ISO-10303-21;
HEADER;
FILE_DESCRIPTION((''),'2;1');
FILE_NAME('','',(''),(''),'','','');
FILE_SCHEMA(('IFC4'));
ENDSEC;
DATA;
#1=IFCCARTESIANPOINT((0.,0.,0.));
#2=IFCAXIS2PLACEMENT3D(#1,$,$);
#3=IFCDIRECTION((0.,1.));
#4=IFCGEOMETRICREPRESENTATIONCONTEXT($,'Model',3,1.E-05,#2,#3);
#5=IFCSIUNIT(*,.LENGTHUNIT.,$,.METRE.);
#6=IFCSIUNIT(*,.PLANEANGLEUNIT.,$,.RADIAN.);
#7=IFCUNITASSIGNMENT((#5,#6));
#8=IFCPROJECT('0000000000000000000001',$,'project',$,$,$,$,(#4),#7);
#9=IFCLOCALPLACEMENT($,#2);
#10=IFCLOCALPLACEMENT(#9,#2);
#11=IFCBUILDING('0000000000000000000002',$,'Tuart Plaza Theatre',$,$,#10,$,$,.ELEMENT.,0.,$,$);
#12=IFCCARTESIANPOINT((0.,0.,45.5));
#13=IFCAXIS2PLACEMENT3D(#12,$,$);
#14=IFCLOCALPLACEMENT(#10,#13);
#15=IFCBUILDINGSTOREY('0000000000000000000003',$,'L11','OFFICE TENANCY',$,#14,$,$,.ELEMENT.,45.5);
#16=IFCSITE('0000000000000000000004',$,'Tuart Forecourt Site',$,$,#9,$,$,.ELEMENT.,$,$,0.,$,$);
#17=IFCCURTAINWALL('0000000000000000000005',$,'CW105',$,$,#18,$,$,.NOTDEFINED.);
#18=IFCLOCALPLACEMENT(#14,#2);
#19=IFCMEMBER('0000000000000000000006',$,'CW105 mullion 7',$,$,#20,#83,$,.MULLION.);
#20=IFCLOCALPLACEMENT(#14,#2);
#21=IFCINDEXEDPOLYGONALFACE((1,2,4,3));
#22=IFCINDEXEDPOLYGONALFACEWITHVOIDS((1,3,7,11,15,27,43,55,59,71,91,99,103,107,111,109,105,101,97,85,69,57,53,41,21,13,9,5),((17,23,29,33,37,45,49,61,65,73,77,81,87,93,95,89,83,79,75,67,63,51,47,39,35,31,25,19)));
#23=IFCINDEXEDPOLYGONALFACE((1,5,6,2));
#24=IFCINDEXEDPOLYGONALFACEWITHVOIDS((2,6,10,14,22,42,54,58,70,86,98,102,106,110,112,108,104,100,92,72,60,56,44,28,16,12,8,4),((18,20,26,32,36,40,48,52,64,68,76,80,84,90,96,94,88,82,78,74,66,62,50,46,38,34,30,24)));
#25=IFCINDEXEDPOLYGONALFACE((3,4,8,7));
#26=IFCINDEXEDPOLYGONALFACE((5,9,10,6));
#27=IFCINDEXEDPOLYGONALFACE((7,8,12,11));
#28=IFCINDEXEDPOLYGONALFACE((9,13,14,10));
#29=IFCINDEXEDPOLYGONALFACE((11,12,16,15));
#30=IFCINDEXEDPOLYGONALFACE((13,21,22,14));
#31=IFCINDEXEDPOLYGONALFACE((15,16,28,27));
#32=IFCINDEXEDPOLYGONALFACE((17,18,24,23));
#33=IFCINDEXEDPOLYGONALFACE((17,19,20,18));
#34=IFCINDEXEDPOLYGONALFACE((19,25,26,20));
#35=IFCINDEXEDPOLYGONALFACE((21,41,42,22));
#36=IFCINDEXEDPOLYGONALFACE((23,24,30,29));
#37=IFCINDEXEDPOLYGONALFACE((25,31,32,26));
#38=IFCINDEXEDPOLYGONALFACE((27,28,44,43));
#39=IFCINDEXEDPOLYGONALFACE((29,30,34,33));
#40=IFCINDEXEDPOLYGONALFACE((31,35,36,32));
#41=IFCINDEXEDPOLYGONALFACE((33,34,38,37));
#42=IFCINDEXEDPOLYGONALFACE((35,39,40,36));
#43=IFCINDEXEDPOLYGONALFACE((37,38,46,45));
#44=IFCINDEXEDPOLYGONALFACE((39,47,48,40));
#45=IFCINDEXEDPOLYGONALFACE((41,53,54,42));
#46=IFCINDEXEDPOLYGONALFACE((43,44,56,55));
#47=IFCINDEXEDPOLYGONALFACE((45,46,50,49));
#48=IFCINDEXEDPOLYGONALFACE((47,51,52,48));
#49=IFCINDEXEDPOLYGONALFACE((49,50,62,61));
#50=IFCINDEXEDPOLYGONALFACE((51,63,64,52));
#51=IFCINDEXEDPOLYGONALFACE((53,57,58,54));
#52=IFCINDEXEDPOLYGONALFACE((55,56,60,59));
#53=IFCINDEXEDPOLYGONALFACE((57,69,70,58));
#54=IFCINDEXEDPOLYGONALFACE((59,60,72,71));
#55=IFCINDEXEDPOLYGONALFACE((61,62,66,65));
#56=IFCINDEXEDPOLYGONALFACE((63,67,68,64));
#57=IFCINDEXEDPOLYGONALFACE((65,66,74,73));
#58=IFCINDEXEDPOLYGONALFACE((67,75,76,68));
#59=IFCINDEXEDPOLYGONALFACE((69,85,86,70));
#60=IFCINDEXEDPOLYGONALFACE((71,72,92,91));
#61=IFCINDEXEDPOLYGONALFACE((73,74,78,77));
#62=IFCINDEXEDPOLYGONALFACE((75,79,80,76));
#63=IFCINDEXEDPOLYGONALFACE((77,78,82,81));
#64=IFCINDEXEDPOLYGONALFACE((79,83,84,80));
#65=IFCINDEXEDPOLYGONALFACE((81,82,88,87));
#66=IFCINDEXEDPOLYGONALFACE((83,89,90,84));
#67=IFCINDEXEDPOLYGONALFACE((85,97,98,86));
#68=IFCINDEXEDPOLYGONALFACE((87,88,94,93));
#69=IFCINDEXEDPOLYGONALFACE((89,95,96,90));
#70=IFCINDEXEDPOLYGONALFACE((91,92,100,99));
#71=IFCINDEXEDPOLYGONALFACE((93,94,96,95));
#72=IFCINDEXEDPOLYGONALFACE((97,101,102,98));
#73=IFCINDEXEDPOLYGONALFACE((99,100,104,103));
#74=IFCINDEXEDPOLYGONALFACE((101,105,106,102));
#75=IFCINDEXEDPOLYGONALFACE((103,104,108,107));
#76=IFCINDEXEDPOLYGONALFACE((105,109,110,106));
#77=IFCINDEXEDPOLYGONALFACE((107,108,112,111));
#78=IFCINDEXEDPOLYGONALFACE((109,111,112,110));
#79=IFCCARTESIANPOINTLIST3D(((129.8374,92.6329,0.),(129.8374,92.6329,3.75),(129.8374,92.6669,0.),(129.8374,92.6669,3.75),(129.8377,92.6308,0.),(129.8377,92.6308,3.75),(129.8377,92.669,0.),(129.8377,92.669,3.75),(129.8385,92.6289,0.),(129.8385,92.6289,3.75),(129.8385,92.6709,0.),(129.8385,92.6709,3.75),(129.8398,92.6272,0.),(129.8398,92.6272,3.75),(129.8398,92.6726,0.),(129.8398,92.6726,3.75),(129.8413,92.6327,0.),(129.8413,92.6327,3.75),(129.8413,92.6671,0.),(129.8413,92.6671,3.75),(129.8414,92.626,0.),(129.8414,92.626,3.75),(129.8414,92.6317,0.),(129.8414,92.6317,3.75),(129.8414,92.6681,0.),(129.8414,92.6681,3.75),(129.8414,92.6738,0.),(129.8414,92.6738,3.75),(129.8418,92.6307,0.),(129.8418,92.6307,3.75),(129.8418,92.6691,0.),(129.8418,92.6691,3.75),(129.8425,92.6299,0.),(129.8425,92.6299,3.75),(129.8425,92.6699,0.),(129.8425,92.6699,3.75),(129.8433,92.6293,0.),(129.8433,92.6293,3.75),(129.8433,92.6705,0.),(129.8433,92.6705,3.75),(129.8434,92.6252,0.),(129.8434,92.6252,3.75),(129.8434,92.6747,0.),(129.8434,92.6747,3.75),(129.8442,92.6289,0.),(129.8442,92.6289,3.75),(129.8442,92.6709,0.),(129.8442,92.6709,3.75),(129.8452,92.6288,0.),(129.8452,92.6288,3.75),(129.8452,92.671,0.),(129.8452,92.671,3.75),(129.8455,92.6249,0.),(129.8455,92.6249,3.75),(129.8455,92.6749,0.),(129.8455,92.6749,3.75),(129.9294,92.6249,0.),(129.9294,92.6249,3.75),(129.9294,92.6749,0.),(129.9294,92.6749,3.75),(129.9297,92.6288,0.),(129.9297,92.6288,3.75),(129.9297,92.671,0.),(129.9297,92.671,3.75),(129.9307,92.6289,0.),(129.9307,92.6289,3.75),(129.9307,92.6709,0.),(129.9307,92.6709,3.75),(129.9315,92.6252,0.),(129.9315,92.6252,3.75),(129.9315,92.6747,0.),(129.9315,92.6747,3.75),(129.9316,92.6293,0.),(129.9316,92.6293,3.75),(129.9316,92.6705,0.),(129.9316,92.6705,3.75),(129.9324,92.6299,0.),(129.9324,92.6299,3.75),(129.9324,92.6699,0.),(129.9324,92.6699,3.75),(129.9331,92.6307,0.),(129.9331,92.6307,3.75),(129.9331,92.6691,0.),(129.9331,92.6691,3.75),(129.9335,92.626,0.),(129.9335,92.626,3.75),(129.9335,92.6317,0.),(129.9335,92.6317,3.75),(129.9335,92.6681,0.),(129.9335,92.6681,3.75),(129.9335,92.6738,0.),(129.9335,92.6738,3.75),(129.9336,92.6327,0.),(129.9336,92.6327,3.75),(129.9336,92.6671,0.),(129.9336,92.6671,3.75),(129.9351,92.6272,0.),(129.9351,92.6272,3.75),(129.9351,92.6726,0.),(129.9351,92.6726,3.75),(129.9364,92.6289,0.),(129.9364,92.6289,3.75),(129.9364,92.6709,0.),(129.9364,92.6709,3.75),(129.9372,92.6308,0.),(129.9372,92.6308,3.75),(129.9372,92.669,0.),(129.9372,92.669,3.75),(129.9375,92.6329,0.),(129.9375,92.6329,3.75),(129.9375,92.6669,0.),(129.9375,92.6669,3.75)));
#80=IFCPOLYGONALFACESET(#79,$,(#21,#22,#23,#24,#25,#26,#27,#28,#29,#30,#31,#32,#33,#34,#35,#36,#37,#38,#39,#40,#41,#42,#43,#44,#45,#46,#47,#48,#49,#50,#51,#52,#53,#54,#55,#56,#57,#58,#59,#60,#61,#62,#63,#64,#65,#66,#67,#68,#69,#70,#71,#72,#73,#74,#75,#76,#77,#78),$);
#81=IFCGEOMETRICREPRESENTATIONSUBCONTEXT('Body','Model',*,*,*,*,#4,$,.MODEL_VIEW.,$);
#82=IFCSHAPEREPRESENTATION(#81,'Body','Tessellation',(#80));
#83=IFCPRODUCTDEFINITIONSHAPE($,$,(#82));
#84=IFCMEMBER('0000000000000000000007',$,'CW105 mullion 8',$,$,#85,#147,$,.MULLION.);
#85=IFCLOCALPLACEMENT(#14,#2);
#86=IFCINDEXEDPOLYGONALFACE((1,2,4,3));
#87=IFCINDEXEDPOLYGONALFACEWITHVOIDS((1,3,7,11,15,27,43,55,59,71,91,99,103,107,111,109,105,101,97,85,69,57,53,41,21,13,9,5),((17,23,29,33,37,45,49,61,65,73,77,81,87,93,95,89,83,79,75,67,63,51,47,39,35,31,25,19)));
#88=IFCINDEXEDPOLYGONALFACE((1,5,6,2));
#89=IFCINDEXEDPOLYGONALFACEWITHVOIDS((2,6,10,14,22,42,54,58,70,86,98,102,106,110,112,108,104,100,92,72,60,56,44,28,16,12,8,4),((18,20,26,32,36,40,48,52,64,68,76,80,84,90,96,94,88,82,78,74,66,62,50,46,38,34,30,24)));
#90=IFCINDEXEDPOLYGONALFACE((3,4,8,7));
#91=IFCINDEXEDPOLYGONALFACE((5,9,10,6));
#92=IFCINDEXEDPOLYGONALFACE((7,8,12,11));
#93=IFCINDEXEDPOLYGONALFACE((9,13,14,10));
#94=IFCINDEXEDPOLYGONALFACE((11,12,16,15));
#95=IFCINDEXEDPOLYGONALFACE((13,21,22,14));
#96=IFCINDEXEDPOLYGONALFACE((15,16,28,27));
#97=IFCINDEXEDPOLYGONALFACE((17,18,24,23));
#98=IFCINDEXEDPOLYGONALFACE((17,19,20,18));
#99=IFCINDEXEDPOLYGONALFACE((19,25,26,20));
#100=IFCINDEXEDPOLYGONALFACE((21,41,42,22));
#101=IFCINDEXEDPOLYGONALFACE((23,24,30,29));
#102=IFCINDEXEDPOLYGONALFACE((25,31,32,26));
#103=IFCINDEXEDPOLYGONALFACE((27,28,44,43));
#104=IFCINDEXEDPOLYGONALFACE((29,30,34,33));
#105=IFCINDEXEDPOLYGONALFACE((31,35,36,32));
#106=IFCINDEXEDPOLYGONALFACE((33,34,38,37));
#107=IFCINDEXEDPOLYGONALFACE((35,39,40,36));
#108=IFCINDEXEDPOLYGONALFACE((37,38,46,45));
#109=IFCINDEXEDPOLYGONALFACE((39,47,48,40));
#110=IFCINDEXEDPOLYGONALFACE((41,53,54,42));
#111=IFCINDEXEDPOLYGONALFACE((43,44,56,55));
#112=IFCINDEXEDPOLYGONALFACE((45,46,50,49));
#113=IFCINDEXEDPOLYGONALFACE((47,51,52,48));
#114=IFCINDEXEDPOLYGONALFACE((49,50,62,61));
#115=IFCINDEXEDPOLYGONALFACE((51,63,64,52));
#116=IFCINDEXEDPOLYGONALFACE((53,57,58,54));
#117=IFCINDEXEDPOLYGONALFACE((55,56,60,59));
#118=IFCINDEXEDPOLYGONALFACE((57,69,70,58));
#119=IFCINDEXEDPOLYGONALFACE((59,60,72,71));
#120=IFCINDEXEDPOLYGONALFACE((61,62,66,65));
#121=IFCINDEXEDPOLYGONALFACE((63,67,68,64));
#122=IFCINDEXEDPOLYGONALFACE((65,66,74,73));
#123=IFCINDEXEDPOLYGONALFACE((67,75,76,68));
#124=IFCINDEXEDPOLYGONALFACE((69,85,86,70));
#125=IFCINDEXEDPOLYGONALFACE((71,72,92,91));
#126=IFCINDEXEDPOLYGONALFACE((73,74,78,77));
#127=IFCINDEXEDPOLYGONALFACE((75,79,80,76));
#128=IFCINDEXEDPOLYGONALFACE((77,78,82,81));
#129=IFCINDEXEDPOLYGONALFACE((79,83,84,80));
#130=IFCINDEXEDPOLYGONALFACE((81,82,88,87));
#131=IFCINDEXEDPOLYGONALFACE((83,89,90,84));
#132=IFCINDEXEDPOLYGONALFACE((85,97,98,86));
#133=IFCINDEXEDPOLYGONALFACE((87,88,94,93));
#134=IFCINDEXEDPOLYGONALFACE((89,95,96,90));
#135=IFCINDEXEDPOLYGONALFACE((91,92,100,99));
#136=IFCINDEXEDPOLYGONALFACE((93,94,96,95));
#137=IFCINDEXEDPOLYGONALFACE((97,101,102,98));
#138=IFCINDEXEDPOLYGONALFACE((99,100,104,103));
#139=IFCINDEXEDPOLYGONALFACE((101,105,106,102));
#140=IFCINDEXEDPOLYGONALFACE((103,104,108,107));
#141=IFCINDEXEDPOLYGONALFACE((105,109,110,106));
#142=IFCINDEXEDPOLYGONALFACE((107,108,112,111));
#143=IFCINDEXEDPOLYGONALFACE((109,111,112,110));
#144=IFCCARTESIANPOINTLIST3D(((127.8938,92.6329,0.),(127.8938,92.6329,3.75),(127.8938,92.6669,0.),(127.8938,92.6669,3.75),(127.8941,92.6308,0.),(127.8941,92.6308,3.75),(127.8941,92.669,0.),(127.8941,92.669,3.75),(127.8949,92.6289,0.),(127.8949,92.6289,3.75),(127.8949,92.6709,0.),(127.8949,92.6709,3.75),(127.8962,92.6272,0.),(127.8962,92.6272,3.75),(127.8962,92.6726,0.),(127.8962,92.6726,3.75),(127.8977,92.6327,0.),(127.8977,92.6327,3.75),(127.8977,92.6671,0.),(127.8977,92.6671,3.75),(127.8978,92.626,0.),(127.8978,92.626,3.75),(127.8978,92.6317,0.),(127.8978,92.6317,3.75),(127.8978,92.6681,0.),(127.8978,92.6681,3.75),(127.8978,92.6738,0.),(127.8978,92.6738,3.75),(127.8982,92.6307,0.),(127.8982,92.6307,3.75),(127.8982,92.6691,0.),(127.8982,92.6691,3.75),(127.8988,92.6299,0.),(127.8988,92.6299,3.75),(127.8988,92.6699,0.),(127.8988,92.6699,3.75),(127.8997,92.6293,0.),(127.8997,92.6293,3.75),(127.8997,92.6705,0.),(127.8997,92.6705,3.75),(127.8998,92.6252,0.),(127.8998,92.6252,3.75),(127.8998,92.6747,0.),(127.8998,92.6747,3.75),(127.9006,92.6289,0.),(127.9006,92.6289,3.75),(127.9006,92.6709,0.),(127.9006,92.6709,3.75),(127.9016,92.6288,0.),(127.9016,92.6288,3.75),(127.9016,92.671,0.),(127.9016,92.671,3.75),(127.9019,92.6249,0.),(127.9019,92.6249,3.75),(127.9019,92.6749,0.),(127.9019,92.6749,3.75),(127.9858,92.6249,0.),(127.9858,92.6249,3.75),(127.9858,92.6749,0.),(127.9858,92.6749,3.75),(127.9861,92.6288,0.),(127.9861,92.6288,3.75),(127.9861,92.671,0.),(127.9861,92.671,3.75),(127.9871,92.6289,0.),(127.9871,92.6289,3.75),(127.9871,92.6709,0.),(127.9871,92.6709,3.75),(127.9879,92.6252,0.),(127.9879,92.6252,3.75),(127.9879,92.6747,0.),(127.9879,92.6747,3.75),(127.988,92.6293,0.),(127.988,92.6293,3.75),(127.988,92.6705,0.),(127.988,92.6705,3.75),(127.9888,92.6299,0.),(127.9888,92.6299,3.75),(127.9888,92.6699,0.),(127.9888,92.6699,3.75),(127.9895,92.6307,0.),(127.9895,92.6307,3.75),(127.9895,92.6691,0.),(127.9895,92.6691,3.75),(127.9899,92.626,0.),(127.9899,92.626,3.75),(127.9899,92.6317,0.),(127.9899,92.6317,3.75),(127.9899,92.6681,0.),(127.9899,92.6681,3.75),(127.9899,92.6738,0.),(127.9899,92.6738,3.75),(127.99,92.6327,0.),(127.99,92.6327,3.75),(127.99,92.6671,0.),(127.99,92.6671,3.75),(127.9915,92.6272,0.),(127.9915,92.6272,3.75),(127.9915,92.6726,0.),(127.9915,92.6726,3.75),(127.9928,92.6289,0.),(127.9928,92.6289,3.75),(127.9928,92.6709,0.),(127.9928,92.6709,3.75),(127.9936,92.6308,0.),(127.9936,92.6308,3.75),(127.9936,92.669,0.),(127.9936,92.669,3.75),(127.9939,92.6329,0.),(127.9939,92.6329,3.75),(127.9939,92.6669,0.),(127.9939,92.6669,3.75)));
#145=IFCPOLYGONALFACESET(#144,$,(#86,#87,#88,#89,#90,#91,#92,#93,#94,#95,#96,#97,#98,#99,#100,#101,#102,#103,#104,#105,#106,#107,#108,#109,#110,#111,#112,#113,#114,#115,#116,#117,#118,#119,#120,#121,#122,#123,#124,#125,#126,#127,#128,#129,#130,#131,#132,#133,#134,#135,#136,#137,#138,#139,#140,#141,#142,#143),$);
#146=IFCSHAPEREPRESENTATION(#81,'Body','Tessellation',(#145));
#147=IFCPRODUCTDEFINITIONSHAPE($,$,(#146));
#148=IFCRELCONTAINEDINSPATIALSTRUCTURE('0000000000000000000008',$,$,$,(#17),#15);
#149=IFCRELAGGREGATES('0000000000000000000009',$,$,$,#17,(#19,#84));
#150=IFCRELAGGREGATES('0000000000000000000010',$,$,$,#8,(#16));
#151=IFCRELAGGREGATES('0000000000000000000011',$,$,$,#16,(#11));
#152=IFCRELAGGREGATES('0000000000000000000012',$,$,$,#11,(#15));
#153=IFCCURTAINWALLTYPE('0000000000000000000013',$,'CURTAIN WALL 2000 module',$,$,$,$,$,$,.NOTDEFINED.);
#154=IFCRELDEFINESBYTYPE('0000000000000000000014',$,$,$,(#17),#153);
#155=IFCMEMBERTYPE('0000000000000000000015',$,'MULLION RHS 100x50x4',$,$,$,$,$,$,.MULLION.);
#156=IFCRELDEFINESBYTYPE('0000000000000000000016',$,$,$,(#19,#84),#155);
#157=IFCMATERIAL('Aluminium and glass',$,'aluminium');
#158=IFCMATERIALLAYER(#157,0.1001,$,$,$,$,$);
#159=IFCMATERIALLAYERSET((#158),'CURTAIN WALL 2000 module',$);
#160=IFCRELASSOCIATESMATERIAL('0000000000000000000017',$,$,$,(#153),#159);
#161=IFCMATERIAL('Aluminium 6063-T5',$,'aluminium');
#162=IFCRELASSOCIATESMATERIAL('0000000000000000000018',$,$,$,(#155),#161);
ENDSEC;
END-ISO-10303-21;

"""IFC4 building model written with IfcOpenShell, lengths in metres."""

from ifc_helpers import new_model, si_unit, direction, frame, origin, origin_2d, place, context, subcontext, project, spatial, hollow_rectangle, extrude, material, layer, layer_set, material_profile, profile_set, type_object, element, aggregate, save


model = new_model("IFC4")

# Units and contexts
model_context = context("Model", 3, precision=1e-05, world=origin(), true_north=direction((0.0, 1.0)))
body_context = subcontext(model_context, "Body", "Model", "MODEL_VIEW")
ifc_project = project(units=[si_unit("LENGTHUNIT", "METRE"), si_unit("PLANEANGLEUNIT", "RADIAN")], contexts=[model_context])

# Site, building, storey
site_placement = place(None, origin())
site = spatial("IfcSite", under=ifc_project, at=site_placement, Name="Tuart Forecourt Site", CompositionType="ELEMENT", RefElevation=0.0)
building_placement = place(site_placement, origin())
building = spatial("IfcBuilding", under=site, at=building_placement, Name="Tuart Plaza Theatre", CompositionType="ELEMENT", ElevationOfRefHeight=0.0)
storey_placement = place(building_placement, frame((0.0, 0.0, 45.5)))
storey = spatial("IfcBuildingStorey", under=building, at=storey_placement, Name="L11", Description="OFFICE TENANCY", CompositionType="ELEMENT", Elevation=45.5)

# Curtain wall, members
ifc_material_1 = material(Name="Aluminium and glass", Category="aluminium")
ifc_layer_1 = layer(ifc_material_1, 0.1001)
ifc_layer_set_1 = layer_set([ifc_layer_1], Name="CURTAIN WALL 2000 module")
curtain_wall_type = type_object("IfcCurtainWallType", Name="CURTAIN WALL 2000 module", PredefinedType="NOTDEFINED", material=ifc_layer_set_1)
curtain_wall_placement = place(storey_placement, origin())
curtain_wall = element("IfcCurtainWall", 1, at=curtain_wall_placement, inside=storey, type_object=curtain_wall_type, Name="CW105", PredefinedType="NOTDEFINED")
ifc_material_2 = material(Name="Aluminium 6063-T5", Category="aluminium")
ifc_material_profile_1 = material_profile(ifc_material_2, hollow_rectangle(XDim=0.05, YDim=0.1001, WallThickness=0.0039, InnerFilletRadius=0.0039, OuterFilletRadius=0.0081, at=origin_2d()), Name="RHS 100x50x4")
ifc_profile_set_1 = profile_set([ifc_material_profile_1], Name="Aluminium 6063-T5")
member_type_1 = type_object("IfcMemberType", Name="MULLION RHS 100x50x4", PredefinedType="MULLION", material=ifc_profile_set_1)
member_1_placement = place(storey_placement, frame((129.8875, 92.6499, 0.0), z_axis=(0.0, 0.0, 1.0), x_axis=(0.0, -1.0, 0.0)))
member_1 = element("IfcMember", 2, at=member_1_placement, type_object=member_type_1, Name="CW105 mullion 7", PredefinedType="MULLION", context=body_context, shape_type="SweptSolid", body=[
    extrude(hollow_rectangle(XDim=0.05, YDim=0.1001, WallThickness=0.0039, InnerFilletRadius=0.0039, OuterFilletRadius=0.0081, at=origin_2d()), origin(), (0.0, 0.0, 1.0), 3.75),
])
member_2_placement = place(storey_placement, frame((127.9438, 92.6499, 0.0), z_axis=(0.0, 0.0, 1.0), x_axis=(0.0, -1.0, 0.0)))
member_2 = element("IfcMember", 3, at=member_2_placement, type_object=member_type_1, Name="CW105 mullion 8", PredefinedType="MULLION", context=body_context, shape_type="SweptSolid", body=[
    extrude(hollow_rectangle(XDim=0.05, YDim=0.1001, WallThickness=0.0039, InnerFilletRadius=0.0039, OuterFilletRadius=0.0081, at=origin_2d()), origin(), (0.0, 0.0, 1.0), 3.75),
])
aggregate(curtain_wall, [member_1, member_2])

save(model, "model.ifc")
